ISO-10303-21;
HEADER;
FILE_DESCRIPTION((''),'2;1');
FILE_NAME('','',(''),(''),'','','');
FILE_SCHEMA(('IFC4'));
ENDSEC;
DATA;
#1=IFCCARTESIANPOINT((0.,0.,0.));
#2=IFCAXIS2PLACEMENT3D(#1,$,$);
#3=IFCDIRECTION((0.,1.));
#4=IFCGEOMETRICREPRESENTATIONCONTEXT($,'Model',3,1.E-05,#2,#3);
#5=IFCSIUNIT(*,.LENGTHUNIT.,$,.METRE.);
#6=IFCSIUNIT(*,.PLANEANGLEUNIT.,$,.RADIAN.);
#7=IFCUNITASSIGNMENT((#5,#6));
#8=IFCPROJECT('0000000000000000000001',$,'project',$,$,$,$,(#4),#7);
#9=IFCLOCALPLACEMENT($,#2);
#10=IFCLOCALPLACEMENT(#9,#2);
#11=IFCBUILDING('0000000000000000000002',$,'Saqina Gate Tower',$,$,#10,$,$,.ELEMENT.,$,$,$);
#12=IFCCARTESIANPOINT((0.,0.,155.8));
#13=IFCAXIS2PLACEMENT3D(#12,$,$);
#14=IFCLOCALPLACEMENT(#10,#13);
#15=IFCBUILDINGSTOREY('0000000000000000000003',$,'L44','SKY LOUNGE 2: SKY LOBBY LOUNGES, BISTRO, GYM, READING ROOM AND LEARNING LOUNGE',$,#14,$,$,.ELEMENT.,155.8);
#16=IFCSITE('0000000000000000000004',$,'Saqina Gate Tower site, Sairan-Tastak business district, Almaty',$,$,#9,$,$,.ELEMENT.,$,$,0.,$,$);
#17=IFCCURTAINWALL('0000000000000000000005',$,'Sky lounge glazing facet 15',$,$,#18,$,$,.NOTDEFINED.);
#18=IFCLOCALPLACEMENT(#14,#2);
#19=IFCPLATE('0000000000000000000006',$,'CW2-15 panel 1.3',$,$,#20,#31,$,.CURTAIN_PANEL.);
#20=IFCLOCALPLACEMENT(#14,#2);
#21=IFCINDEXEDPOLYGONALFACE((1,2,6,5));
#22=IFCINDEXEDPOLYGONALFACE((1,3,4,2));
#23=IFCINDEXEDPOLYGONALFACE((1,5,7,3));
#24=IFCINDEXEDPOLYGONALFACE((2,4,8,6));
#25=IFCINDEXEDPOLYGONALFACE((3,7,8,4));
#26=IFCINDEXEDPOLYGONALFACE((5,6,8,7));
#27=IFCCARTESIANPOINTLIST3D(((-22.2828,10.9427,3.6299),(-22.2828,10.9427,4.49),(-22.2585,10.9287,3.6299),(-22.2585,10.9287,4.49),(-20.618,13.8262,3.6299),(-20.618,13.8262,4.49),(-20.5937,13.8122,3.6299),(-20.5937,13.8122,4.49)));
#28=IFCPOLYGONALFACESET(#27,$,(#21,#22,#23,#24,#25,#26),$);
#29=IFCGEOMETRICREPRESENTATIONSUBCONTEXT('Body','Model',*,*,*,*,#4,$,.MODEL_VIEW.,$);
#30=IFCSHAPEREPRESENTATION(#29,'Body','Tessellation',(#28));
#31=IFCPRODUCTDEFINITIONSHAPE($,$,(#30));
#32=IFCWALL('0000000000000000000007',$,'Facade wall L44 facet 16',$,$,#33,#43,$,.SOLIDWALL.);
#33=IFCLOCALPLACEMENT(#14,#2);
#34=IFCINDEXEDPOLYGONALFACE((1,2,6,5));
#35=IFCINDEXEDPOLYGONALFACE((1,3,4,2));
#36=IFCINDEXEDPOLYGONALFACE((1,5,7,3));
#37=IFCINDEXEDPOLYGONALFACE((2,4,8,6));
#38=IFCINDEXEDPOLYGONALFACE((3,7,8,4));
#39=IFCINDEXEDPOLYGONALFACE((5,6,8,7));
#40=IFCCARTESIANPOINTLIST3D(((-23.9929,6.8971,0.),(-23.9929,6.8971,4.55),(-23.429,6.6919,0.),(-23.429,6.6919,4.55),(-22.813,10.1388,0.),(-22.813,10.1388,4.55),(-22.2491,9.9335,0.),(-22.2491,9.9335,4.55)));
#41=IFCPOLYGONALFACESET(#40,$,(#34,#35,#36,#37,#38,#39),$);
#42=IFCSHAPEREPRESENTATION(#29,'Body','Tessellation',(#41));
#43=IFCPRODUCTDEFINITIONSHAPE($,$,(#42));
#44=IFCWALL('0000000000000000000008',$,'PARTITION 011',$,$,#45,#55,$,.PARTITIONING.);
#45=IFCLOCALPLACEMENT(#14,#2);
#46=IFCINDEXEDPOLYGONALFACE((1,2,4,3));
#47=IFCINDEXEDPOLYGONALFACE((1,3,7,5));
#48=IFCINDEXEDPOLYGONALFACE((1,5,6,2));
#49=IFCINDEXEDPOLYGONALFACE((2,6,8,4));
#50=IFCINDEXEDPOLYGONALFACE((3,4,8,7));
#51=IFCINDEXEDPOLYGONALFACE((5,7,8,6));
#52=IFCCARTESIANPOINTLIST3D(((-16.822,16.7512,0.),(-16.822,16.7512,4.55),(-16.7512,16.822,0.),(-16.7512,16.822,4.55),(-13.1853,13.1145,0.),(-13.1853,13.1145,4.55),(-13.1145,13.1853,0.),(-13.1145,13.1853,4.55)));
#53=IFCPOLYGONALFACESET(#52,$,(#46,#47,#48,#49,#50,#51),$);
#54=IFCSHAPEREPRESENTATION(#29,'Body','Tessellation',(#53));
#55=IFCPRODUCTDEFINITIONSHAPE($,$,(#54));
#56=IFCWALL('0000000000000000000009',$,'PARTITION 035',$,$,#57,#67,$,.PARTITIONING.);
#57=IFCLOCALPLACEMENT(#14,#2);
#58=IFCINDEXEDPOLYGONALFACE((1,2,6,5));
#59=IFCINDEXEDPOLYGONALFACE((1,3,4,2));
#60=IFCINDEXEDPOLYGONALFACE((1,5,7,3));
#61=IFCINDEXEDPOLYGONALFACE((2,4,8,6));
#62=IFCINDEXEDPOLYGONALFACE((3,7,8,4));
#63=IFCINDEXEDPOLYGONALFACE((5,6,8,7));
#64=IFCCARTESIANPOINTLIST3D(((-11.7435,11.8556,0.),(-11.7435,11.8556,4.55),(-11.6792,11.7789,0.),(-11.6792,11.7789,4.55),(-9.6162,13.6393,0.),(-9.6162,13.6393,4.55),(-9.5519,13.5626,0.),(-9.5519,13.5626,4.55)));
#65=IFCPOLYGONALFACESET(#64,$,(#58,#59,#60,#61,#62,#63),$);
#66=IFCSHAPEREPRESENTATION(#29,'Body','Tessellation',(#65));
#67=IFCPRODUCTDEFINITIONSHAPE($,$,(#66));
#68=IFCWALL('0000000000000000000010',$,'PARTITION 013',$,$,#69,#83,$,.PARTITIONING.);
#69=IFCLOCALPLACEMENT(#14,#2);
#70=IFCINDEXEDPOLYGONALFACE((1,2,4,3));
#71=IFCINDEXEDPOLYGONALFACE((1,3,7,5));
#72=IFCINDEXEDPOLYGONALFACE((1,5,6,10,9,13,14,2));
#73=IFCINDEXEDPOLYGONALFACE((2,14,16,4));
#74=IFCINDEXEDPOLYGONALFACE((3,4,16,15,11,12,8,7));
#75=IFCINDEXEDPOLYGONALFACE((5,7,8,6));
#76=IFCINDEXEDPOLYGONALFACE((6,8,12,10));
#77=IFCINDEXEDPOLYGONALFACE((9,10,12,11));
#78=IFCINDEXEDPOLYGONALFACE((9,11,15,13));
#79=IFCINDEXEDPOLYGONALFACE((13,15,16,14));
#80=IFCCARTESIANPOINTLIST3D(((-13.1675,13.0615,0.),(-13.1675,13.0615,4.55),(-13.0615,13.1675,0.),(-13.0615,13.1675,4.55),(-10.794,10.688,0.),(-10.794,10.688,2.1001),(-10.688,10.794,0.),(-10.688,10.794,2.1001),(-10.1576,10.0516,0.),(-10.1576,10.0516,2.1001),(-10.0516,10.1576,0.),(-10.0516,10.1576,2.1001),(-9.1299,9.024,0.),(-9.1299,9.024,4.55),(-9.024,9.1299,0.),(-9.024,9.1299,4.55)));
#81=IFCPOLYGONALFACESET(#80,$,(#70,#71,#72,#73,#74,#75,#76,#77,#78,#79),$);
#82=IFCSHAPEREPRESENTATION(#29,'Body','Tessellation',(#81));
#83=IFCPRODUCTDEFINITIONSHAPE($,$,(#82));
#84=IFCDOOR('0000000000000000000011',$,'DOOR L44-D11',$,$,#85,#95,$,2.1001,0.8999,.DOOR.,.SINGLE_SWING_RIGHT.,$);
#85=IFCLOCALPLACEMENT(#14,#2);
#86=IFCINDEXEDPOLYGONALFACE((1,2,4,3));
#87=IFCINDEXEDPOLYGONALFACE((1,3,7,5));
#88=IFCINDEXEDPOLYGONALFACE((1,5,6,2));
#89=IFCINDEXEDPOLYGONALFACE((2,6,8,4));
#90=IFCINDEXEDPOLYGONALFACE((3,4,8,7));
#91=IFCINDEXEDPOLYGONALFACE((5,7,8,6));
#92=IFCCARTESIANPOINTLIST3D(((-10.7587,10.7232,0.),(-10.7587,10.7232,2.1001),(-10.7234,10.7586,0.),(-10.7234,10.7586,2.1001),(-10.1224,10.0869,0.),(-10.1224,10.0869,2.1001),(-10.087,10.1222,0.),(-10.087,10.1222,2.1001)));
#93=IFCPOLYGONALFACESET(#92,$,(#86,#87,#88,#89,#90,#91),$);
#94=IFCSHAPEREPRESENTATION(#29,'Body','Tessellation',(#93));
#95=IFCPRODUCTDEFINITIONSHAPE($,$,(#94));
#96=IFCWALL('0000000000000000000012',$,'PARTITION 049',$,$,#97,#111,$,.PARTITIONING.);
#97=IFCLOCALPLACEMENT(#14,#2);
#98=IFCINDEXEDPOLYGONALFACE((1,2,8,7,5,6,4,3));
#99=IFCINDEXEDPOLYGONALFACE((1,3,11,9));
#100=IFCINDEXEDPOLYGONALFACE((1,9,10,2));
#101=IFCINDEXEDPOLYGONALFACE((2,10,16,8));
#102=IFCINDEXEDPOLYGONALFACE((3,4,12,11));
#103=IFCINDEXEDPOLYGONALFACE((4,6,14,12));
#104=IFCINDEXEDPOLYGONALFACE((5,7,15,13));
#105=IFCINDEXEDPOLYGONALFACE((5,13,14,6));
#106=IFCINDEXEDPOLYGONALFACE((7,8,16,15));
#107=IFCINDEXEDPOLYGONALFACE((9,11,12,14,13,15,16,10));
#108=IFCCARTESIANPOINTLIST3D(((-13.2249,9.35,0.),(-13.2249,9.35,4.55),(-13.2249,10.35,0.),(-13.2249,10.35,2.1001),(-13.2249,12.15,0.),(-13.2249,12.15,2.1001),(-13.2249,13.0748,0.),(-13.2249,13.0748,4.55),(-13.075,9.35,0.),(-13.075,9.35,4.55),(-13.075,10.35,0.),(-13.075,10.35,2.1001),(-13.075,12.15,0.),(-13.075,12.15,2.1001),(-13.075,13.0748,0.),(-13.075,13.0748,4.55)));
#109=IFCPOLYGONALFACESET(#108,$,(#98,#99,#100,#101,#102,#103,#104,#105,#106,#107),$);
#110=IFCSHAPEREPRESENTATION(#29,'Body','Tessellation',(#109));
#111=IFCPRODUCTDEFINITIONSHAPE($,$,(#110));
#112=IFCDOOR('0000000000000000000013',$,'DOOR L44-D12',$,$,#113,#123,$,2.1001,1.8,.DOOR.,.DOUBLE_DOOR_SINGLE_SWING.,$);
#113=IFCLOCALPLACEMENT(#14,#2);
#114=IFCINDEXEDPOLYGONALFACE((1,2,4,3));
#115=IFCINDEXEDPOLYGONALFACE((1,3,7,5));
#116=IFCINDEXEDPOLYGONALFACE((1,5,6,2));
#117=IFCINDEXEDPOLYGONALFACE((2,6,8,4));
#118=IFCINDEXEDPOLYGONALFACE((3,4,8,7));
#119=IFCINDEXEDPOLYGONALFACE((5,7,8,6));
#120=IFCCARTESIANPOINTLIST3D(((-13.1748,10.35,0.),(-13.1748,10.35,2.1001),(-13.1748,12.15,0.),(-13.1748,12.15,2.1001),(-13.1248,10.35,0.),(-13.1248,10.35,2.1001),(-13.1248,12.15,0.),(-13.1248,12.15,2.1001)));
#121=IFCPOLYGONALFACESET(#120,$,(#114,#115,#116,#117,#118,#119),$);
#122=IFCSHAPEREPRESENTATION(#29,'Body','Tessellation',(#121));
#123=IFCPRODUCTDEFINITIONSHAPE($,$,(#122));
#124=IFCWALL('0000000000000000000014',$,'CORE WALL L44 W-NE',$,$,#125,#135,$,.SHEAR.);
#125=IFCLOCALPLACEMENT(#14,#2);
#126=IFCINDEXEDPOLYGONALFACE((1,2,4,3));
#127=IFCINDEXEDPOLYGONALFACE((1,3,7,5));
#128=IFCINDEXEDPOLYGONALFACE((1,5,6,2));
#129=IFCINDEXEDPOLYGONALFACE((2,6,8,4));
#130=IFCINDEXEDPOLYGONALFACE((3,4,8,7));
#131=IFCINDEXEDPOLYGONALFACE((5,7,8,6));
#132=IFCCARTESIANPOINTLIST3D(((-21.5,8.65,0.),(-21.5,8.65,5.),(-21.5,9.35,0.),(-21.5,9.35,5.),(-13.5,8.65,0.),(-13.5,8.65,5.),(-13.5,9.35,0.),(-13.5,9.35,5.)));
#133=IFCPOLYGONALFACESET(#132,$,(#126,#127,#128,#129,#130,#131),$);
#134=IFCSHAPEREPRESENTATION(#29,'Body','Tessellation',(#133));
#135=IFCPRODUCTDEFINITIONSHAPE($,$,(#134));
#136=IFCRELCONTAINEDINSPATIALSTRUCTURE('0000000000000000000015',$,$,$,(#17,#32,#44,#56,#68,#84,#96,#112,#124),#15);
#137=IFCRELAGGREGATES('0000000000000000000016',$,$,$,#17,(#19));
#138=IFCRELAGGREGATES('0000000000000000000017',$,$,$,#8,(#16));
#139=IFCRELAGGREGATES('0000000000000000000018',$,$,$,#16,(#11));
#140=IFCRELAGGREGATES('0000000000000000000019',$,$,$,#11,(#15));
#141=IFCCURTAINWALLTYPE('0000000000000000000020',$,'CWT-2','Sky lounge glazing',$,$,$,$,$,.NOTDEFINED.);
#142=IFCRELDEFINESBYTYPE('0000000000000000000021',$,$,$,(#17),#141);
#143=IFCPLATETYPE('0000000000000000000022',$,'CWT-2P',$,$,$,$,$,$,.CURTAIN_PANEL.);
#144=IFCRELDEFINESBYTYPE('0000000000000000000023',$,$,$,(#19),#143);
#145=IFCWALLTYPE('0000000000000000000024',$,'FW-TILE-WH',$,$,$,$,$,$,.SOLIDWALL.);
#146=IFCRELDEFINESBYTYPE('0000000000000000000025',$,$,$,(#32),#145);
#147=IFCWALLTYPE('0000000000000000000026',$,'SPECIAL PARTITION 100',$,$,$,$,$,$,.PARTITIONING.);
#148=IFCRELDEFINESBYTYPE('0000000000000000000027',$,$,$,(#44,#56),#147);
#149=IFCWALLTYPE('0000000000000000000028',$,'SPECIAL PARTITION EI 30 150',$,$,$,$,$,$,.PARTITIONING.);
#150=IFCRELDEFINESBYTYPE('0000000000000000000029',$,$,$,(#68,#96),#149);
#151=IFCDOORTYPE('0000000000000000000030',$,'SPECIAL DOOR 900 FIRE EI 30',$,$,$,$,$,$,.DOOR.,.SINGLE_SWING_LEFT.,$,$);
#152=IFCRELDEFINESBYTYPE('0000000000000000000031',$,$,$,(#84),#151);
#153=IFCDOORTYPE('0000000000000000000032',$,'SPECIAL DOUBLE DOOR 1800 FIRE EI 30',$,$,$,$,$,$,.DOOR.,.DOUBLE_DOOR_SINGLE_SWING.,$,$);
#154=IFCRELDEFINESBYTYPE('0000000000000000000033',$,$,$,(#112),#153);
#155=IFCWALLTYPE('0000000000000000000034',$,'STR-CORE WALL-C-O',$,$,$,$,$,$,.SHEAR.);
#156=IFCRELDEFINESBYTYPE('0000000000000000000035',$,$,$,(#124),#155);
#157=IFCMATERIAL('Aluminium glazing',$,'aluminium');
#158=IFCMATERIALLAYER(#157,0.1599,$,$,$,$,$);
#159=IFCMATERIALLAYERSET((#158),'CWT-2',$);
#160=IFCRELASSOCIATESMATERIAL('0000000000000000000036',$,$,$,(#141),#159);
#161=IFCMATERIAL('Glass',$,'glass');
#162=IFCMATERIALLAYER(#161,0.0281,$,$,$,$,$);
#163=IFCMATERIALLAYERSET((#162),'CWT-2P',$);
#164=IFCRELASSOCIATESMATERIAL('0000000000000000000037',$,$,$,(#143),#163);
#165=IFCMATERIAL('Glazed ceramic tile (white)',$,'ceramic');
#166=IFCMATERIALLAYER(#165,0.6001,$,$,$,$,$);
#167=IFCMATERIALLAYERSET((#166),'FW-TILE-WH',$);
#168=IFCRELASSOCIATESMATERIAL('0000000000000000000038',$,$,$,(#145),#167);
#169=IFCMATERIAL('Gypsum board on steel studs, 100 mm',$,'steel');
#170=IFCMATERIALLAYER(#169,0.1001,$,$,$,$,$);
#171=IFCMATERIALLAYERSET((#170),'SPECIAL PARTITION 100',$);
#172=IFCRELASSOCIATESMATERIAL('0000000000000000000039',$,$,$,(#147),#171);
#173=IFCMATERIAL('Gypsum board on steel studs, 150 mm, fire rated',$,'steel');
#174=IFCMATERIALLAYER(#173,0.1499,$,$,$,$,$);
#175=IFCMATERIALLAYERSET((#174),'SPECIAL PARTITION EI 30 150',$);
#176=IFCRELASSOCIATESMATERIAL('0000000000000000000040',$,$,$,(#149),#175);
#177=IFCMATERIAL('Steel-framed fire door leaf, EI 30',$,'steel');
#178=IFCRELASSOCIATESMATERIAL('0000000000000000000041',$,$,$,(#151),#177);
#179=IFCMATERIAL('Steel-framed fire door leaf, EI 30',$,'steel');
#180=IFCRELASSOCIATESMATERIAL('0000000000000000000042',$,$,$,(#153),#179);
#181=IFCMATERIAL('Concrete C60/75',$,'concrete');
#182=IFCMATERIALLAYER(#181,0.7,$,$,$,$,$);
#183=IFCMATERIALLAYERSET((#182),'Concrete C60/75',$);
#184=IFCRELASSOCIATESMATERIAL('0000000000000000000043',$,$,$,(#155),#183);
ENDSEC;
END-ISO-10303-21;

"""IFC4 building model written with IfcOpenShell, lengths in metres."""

from ifc_helpers import new_model, si_unit, direction, frame, frame_2d, origin, origin_2d, place, context, subcontext, project, spatial, rectangle, extrude, material, layer, layer_set, type_object, element, fill, aggregate, save


model = new_model("IFC4")

# Units and contexts
model_context = context("Model", 3, precision=1e-05, world=origin(), true_north=direction((0.0, 1.0)))
body_context = subcontext(model_context, "Body", "Model", "MODEL_VIEW")
ifc_project = project(units=[si_unit("LENGTHUNIT", "METRE"), si_unit("PLANEANGLEUNIT", "RADIAN")], contexts=[model_context])

# Site, building, storey
site_placement = place(None, origin())
site = spatial("IfcSite", under=ifc_project, at=site_placement, Name="Saqina Gate Tower site, Sairan-Tastak business district, Almaty", CompositionType="ELEMENT", RefElevation=0.0)
building_placement = place(site_placement, origin())
building = spatial("IfcBuilding", under=site, at=building_placement, Name="Saqina Gate Tower", CompositionType="ELEMENT")
storey_placement = place(building_placement, frame((0.0, 0.0, 155.8)))
storey = spatial("IfcBuildingStorey", under=building, at=storey_placement, Name="L44", Description="SKY LOUNGE 2: SKY LOBBY LOUNGES, BISTRO, GYM, READING ROOM AND LEARNING LOUNGE", CompositionType="ELEMENT", Elevation=155.8)

# Shared definitions
ifc_material_1 = material(Name="Aluminium glazing", Category="aluminium")
ifc_layer_1 = layer(ifc_material_1, 0.1599)
ifc_layer_set_1 = layer_set([ifc_layer_1], Name="CWT-2")
curtain_wall_type = type_object("IfcCurtainWallType", Name="CWT-2", Description="Sky lounge glazing", PredefinedType="NOTDEFINED", material=ifc_layer_set_1)

# Curtain wall
curtain_wall_1_placement = place(storey_placement, origin())
curtain_wall_1 = element("IfcCurtainWall", 1, at=curtain_wall_1_placement, inside=storey, type_object=curtain_wall_type, Name="Sky lounge glazing facet 15", PredefinedType="NOTDEFINED")

# Plate
ifc_material_2 = material(Name="Glass", Category="glass")
ifc_layer_2 = layer(ifc_material_2, 0.0281)
ifc_layer_set_2 = layer_set([ifc_layer_2], Name="CWT-2P")
plate_type = type_object("IfcPlateType", Name="CWT-2P", PredefinedType="CURTAIN_PANEL", material=ifc_layer_set_2)
plate_1_placement = place(storey_placement, frame((-21.4382, 12.3774, 3.6299), z_axis=(0.0, 0.0, 1.0), x_axis=(-0.500014, -0.866017, 0.0)))
plate_1 = element("IfcPlate", 2, at=plate_1_placement, type_object=plate_type, Name="CW2-15 panel 1.3", PredefinedType="CURTAIN_PANEL", context=body_context, shape_type="SweptSolid", body=[
    extrude(rectangle(XDim=3.3296, YDim=0.0281, at=origin_2d()), origin(), (0.0, 0.0, 1.0), 0.8601),
])
aggregate(curtain_wall_1, [plate_1])

# Walls
ifc_material_3 = material(Name="Glazed ceramic tile (white)", Category="ceramic")
ifc_layer_3 = layer(ifc_material_3, 0.6001)
ifc_layer_set_3 = layer_set([ifc_layer_3], Name="FW-TILE-WH")
wall_type_1 = type_object("IfcWallType", Name="FW-TILE-WH", PredefinedType="SOLIDWALL", material=ifc_layer_set_3)
wall_1_placement = place(storey_placement, frame((-22.531, 10.0361, 0.0), z_axis=(0.0, 0.0, 1.0), x_axis=(-0.342033, -0.939688, 0.0)))
element("IfcWall", 3, at=wall_1_placement, inside=storey, type_object=wall_type_1, Name="Facade wall L44 facet 16", PredefinedType="SOLIDWALL", context=body_context, shape_type="SweptSolid", body=[
    extrude(rectangle(XDim=3.4497, YDim=0.6001, at=frame_2d((1.7249, 0.0))), origin(), (0.0, 0.0, 1.0), 4.55),
])
ifc_material_4 = material(Name="Gypsum board on steel studs, 100 mm", Category="steel")
ifc_layer_4 = layer(ifc_material_4, 0.1001)
ifc_layer_set_4 = layer_set([ifc_layer_4], Name="SPECIAL PARTITION 100")
wall_type_2 = type_object("IfcWallType", Name="SPECIAL PARTITION 100", PredefinedType="PARTITIONING", material=ifc_layer_set_4)
wall_2_placement = place(storey_placement, frame((-16.7866, 16.7866, 0.0), z_axis=(0.0, 0.0, 1.0), x_axis=(0.707107, -0.707107, 0.0)))
element("IfcWall", 4, at=wall_2_placement, inside=storey, type_object=wall_type_2, Name="PARTITION 011", PredefinedType="PARTITIONING", context=body_context, shape_type="SweptSolid", body=[
    extrude(rectangle(XDim=5.1431, YDim=0.1001, at=frame_2d((2.5715, 0.0))), origin(), (0.0, 0.0, 1.0), 4.55),
])
wall_3_placement = place(storey_placement, frame((-11.7114, 11.8171, 0.0), z_axis=(0.0, 0.0, 1.0), x_axis=(0.766264, 0.642526, 0.0)))
element("IfcWall", 5, at=wall_3_placement, inside=storey, type_object=wall_type_2, Name="PARTITION 035", PredefinedType="PARTITIONING", context=body_context, shape_type="SweptSolid", body=[
    extrude(rectangle(XDim=2.7761, YDim=0.1001, at=frame_2d((1.3882, 0.0))), origin(), (0.0, 0.0, 1.0), 4.55),
])

# Walls, openings, doors
ifc_material_5 = material(Name="Gypsum board on steel studs, 150 mm, fire rated", Category="steel")
ifc_layer_5 = layer(ifc_material_5, 0.1499)
ifc_layer_set_5 = layer_set([ifc_layer_5], Name="SPECIAL PARTITION EI 30 150")
wall_type_3 = type_object("IfcWallType", Name="SPECIAL PARTITION EI 30 150", PredefinedType="PARTITIONING", material=ifc_layer_set_5)
wall_4_placement = place(storey_placement, frame((-13.1145, 13.1145, 0.0), z_axis=(0.0, 0.0, 1.0), x_axis=(0.707107, -0.707107, 0.0)))
wall_4 = element("IfcWall", 6, at=wall_4_placement, inside=storey, type_object=wall_type_3, Name="PARTITION 013", PredefinedType="PARTITIONING", context=body_context, shape_type="SweptSolid", body=[
    extrude(rectangle(XDim=5.71, YDim=0.1499, at=frame_2d((2.855, 0.0))), origin(), (0.0, 0.0, 1.0), 4.55),
])
opening_1_placement = place(wall_4_placement, frame((3.3567, 0.0, 0.0)))
opening_1 = element("IfcOpeningElement", 7, at=opening_1_placement, cuts=wall_4, PredefinedType="OPENING", context=body_context, shape_type="SweptSolid", body=[
    extrude(rectangle(XDim=0.8999, YDim=2.1001, at=frame_2d((0.45, 1.05))), frame((0.0, 0.0869, 0.0), z_axis=(0.0, -1.0, 0.0), x_axis=(1.0, 0.0, 0.0)), (0.0, 0.0, 1.0), 0.1738),
])
ifc_material_6 = material(Name="Steel-framed fire door leaf, EI 30", Category="steel")
door_type_1 = type_object("IfcDoorType", Name="SPECIAL DOOR 900 FIRE EI 30", OperationType="SINGLE_SWING_LEFT", PredefinedType="DOOR", material=ifc_material_6)
door_1_placement = place(opening_1_placement, origin())
door_1 = element("IfcDoor", 8, at=door_1_placement, inside=storey, type_object=door_type_1, Name="DOOR L44-D11", OperationType="SINGLE_SWING_RIGHT", OverallHeight=2.1001, OverallWidth=0.8999, PredefinedType="DOOR", context=body_context, shape_type="SweptSolid", body=[
    extrude(rectangle(XDim=0.8999, YDim=2.1001, at=frame_2d((0.45, 1.05))), frame((0.0, 0.0249, 0.0), z_axis=(0.0, -1.0, 0.0), x_axis=(1.0, 0.0, 0.0)), (0.0, 0.0, 1.0), 0.05),
])
fill(opening_1, door_1)
wall_5_placement = place(storey_placement, frame((-13.1499, 9.3501, 0.0), z_axis=(0.0, 0.0, 1.0), x_axis=(0.0, 1.0, 0.0)))
wall_5 = element("IfcWall", 9, at=wall_5_placement, inside=storey, type_object=wall_type_3, Name="PARTITION 049", PredefinedType="PARTITIONING", context=body_context, shape_type="SweptSolid", body=[
    extrude(rectangle(XDim=3.7249, YDim=0.1499, at=frame_2d((1.8623, 0.0))), origin(), (0.0, 0.0, 1.0), 4.55),
])
opening_2_placement = place(wall_5_placement, frame((1.0, 0.0, 0.0)))
opening_2 = element("IfcOpeningElement", 10, at=opening_2_placement, cuts=wall_5, PredefinedType="OPENING", context=body_context, shape_type="SweptSolid", body=[
    extrude(rectangle(XDim=1.8, YDim=2.1001, at=frame_2d((0.8999, 1.05))), frame((0.0, 0.0869, 0.0), z_axis=(0.0, -1.0, 0.0), x_axis=(1.0, 0.0, 0.0)), (0.0, 0.0, 1.0), 0.1738),
])
ifc_material_7 = material(Name="Steel-framed fire door leaf, EI 30", Category="steel")
door_type_2 = type_object("IfcDoorType", Name="SPECIAL DOUBLE DOOR 1800 FIRE EI 30", OperationType="DOUBLE_DOOR_SINGLE_SWING", PredefinedType="DOOR", material=ifc_material_7)
door_2_placement = place(opening_2_placement, origin())
door_2 = element("IfcDoor", 11, at=door_2_placement, inside=storey, type_object=door_type_2, Name="DOOR L44-D12", OperationType="DOUBLE_DOOR_SINGLE_SWING", OverallHeight=2.1001, OverallWidth=1.8, PredefinedType="DOOR", context=body_context, shape_type="SweptSolid", body=[
    extrude(rectangle(XDim=1.8, YDim=2.1001, at=frame_2d((0.8999, 1.05))), frame((0.0, 0.0249, 0.0), z_axis=(0.0, -1.0, 0.0), x_axis=(1.0, 0.0, 0.0)), (0.0, 0.0, 1.0), 0.05),
])
fill(opening_2, door_2)

# Wall
ifc_material_8 = material(Name="Concrete C60/75", Category="concrete")
ifc_layer_6 = layer(ifc_material_8, 0.7)
ifc_layer_set_6 = layer_set([ifc_layer_6], Name="Concrete C60/75")
wall_type_4 = type_object("IfcWallType", Name="STR-CORE WALL-C-O", PredefinedType="SHEAR", material=ifc_layer_set_6)
wall_6_placement = place(storey_placement, frame((-13.5, 9.0, 0.0), z_axis=(0.0, 0.0, 1.0), x_axis=(-1.0, 0.0, 0.0)))
element("IfcWall", 12, at=wall_6_placement, inside=storey, type_object=wall_type_4, Name="CORE WALL L44 W-NE", PredefinedType="SHEAR", context=body_context, shape_type="SweptSolid", body=[
    extrude(rectangle(XDim=8.0, YDim=0.7, at=frame_2d((4.0, 0.0))), origin(), (0.0, 0.0, 1.0), 5.0),
])

save(model, "model.ifc")
